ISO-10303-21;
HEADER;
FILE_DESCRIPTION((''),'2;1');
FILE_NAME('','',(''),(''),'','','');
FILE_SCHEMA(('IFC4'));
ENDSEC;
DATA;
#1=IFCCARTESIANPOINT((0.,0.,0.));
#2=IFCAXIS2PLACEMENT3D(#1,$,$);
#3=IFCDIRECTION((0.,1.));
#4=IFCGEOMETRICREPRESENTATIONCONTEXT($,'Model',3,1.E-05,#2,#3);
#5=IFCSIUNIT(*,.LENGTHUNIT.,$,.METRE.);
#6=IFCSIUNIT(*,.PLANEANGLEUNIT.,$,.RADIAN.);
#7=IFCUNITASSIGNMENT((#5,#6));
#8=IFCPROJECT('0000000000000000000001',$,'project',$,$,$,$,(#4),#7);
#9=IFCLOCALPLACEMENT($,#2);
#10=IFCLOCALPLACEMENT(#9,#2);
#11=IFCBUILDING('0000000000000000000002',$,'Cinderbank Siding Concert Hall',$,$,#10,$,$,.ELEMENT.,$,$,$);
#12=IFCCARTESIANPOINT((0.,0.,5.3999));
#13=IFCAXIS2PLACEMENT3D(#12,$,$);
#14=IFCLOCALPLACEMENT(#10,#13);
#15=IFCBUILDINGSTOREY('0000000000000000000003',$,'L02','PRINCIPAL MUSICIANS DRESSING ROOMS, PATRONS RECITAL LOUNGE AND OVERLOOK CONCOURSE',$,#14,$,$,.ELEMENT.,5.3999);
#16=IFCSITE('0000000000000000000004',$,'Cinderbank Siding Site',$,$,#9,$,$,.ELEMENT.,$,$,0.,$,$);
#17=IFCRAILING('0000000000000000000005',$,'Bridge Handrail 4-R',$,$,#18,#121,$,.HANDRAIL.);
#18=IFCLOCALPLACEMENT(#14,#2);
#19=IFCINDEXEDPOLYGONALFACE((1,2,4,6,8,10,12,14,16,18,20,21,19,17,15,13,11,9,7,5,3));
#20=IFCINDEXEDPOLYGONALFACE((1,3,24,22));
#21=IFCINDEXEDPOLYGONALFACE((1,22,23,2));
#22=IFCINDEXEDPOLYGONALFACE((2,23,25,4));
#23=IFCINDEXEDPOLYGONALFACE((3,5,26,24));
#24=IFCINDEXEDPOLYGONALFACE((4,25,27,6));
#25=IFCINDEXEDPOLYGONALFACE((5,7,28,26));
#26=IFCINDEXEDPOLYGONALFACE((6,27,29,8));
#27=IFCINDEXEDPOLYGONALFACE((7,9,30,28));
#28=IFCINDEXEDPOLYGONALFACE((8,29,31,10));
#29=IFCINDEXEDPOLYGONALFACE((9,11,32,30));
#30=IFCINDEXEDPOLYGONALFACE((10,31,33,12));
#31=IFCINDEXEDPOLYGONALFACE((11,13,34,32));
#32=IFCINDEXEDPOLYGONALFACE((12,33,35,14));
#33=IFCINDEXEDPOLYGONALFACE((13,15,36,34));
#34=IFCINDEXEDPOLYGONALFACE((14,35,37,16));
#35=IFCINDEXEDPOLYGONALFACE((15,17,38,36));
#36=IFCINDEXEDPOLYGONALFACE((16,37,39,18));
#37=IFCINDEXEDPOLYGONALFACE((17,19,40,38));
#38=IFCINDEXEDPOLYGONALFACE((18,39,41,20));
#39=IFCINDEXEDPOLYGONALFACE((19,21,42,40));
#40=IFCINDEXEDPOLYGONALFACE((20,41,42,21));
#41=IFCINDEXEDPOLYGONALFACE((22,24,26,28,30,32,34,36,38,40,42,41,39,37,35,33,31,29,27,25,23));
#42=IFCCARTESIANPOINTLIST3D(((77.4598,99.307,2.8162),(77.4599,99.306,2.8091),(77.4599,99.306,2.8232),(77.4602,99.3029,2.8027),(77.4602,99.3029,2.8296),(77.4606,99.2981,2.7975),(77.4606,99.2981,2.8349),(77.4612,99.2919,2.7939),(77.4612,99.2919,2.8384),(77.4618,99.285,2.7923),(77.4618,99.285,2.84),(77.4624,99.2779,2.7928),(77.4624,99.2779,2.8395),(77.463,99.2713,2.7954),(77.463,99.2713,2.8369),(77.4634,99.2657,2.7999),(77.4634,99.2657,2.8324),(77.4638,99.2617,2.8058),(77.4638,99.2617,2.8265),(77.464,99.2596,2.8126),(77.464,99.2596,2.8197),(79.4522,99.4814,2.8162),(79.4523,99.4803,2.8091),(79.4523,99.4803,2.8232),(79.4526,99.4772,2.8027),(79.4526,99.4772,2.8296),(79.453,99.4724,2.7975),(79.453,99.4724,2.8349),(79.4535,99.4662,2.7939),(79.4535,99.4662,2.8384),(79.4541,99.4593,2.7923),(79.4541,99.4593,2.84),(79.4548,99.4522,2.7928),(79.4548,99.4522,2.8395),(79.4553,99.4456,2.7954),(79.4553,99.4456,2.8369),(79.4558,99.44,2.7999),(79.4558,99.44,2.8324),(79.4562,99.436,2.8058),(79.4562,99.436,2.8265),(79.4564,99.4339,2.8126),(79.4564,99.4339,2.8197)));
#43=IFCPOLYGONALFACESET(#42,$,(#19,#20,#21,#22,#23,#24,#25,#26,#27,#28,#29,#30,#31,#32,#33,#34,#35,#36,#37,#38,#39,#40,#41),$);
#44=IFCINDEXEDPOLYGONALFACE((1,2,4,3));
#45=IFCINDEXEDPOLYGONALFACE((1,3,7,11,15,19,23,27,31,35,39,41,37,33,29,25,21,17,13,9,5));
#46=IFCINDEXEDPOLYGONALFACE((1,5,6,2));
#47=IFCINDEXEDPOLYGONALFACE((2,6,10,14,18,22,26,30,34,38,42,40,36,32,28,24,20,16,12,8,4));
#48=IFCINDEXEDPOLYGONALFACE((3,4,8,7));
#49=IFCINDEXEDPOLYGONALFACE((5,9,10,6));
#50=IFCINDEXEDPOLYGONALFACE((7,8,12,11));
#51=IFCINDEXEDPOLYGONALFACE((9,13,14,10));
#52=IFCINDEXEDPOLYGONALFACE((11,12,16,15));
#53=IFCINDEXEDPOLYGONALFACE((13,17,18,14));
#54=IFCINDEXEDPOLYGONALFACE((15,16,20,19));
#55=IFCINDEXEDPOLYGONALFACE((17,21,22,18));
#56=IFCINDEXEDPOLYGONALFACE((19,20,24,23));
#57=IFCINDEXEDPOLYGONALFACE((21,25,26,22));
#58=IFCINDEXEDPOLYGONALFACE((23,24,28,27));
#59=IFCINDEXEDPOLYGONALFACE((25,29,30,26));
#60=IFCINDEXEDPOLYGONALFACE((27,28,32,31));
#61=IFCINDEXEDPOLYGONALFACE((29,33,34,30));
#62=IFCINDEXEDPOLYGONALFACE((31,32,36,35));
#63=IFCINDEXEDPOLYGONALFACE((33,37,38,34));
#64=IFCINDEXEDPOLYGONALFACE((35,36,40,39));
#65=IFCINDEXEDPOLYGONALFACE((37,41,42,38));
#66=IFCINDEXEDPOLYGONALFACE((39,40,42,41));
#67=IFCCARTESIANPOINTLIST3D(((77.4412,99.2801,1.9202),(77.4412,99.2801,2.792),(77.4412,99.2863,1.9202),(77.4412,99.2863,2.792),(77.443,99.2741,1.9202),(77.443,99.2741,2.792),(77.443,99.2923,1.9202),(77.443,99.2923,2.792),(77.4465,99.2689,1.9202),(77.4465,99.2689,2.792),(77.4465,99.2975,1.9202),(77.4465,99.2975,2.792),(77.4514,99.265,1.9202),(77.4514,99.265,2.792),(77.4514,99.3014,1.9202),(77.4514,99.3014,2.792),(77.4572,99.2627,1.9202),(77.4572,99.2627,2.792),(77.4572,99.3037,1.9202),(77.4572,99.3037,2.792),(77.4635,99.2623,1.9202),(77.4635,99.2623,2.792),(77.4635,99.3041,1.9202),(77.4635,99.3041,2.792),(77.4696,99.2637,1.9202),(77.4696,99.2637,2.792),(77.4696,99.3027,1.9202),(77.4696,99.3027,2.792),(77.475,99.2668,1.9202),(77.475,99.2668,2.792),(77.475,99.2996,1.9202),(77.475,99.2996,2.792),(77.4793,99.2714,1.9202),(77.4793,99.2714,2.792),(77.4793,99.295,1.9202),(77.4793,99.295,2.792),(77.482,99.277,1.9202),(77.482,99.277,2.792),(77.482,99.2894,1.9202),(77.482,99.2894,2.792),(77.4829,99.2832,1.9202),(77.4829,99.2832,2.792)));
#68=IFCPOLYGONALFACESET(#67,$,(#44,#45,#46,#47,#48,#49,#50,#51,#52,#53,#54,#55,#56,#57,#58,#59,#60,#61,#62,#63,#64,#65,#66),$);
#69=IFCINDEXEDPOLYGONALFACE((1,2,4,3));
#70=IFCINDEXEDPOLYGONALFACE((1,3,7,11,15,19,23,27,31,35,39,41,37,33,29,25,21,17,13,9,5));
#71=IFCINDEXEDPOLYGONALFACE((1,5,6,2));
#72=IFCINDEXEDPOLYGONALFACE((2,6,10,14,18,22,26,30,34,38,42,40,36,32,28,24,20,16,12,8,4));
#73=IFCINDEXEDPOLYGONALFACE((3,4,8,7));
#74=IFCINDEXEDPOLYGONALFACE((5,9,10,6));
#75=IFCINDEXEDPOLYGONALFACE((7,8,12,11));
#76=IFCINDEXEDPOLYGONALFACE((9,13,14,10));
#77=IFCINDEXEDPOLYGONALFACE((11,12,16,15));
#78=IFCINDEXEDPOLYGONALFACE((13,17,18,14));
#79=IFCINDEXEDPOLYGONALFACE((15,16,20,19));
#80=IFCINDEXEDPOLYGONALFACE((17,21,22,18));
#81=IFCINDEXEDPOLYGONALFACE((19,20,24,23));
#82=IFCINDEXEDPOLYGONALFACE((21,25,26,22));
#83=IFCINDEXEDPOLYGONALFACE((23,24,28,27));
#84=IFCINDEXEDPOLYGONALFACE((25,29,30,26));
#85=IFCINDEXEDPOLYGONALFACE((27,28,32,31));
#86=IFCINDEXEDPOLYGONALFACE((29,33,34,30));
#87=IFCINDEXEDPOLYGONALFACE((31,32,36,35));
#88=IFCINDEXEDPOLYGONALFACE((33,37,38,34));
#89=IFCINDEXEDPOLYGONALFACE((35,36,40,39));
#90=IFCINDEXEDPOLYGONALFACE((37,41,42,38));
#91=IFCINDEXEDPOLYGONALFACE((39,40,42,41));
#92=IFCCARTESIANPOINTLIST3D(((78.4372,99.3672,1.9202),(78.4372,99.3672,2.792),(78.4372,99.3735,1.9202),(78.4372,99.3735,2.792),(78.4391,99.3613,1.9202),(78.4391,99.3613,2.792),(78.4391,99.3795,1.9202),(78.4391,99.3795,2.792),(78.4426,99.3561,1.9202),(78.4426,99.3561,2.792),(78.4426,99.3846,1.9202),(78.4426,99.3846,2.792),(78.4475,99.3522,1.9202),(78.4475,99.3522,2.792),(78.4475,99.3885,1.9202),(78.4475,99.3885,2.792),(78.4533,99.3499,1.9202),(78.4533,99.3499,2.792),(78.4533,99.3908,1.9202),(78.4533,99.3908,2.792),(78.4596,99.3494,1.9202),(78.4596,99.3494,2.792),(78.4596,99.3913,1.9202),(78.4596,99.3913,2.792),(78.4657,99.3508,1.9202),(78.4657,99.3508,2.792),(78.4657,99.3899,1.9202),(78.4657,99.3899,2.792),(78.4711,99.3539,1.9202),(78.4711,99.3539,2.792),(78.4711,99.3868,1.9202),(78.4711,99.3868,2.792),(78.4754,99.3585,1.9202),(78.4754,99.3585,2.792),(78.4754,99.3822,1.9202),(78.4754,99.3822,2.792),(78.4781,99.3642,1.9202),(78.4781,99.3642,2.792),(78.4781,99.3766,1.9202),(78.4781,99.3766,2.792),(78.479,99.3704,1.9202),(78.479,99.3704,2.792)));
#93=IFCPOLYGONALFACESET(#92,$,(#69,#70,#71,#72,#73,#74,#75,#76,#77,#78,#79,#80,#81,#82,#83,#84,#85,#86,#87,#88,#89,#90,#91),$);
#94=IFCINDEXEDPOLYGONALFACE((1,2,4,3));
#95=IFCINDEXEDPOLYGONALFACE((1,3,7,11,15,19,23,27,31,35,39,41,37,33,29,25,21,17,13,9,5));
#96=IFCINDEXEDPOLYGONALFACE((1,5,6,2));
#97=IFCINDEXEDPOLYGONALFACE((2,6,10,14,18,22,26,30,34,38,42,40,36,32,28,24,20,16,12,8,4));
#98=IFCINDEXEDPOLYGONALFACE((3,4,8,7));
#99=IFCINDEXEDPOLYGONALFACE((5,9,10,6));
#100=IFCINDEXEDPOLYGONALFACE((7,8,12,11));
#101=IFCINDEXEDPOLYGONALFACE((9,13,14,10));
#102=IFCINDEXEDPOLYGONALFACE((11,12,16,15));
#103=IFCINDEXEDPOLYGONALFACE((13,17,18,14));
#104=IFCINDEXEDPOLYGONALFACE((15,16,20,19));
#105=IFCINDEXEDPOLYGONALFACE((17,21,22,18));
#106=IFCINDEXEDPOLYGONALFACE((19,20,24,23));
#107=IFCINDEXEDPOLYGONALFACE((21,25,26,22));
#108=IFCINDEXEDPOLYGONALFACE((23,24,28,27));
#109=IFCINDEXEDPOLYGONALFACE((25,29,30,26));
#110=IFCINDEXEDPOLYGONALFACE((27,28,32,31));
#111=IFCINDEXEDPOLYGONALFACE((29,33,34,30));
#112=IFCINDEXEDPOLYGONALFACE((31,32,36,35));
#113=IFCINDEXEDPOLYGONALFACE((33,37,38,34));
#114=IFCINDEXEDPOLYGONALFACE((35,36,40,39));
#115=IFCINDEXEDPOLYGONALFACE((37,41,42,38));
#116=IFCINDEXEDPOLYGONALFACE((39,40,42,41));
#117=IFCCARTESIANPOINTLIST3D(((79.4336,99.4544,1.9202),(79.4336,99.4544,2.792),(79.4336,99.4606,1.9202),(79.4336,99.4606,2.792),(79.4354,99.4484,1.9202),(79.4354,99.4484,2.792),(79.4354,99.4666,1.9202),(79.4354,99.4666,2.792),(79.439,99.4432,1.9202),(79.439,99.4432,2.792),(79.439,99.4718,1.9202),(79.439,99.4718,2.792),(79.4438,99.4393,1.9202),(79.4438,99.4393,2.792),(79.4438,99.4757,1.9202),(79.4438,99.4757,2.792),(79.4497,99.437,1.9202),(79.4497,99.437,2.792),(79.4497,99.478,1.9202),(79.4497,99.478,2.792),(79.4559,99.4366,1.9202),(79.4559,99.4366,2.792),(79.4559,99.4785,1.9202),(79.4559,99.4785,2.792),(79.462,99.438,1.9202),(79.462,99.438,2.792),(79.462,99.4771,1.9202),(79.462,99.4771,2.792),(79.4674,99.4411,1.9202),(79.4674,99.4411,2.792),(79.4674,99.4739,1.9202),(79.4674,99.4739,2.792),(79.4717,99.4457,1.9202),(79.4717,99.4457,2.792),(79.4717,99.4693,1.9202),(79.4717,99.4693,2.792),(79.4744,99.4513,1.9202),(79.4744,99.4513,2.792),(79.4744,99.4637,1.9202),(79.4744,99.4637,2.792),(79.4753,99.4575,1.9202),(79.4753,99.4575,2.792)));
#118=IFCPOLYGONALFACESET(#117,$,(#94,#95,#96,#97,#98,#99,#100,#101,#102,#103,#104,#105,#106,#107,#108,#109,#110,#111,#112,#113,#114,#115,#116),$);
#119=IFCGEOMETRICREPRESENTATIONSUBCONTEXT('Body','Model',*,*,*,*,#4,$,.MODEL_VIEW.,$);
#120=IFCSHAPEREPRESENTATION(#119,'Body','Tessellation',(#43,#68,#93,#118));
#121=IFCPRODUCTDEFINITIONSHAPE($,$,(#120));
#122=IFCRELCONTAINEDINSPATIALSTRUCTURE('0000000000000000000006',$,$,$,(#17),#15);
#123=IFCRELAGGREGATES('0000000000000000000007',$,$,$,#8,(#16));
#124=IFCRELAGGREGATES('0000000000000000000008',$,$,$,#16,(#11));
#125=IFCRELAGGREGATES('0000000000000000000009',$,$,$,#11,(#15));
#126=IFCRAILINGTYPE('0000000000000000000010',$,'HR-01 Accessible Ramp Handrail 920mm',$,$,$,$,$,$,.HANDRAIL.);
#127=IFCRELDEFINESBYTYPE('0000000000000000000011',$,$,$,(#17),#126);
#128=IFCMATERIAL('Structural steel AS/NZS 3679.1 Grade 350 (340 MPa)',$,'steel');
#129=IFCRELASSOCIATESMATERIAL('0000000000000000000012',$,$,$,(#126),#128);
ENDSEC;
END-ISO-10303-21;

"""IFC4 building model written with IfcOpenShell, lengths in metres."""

from ifc_helpers import new_model, si_unit, direction, frame, origin, origin_2d, place, context, subcontext, project, spatial, circle, extrude, material, type_object, element, save


model = new_model("IFC4")

# Units and contexts
model_context = context("Model", 3, precision=1e-05, world=origin(), true_north=direction((0.0, 1.0)))
body_context = subcontext(model_context, "Body", "Model", "MODEL_VIEW")
ifc_project = project(units=[si_unit("LENGTHUNIT", "METRE"), si_unit("PLANEANGLEUNIT", "RADIAN")], contexts=[model_context])

# Site, building, storey
site_placement = place(None, origin())
site = spatial("IfcSite", under=ifc_project, at=site_placement, Name="Cinderbank Siding Site", CompositionType="ELEMENT", RefElevation=0.0)
building_placement = place(site_placement, origin())
building = spatial("IfcBuilding", under=site, at=building_placement, Name="Cinderbank Siding Concert Hall", CompositionType="ELEMENT")
storey_placement = place(building_placement, frame((0.0, 0.0, 5.3999)))
storey = spatial("IfcBuildingStorey", under=building, at=storey_placement, Name="L02", Description="PRINCIPAL MUSICIANS DRESSING ROOMS, PATRONS RECITAL LOUNGE AND OVERLOOK CONCOURSE", CompositionType="ELEMENT", Elevation=5.3999)

# Railing
ifc_material_1 = material(Name="Structural steel AS/NZS 3679.1 Grade 350 (340 MPa)", Category="steel")
railing_type_1 = type_object("IfcRailingType", Name="HR-01 Accessible Ramp Handrail 920mm", PredefinedType="HANDRAIL", material=ifc_material_1)
railing_1_placement = place(storey_placement, frame((77.4619, 99.2832, 1.9202)))
element("IfcRailing", 1, at=railing_1_placement, inside=storey, type_object=railing_type_1, Name="Bridge Handrail 4-R", PredefinedType="HANDRAIL", context=body_context, shape_type="SweptSolid", body=[
    extrude(circle(Radius=0.0239, at=origin_2d()), frame((0.0, 0.0, 0.896), z_axis=(0.996195, 0.087156, 0.0), x_axis=(-0.087156, 0.996195, 0.0)), (0.0, 0.0, 1.0), 2.0),
    extrude(circle(Radius=0.021, at=origin_2d()), origin(), (0.0, 0.0, 1.0), 0.8718),
    extrude(circle(Radius=0.021, at=origin_2d()), frame((0.9961, 0.0872, 0.0)), (0.0, 0.0, 1.0), 0.8718),
    extrude(circle(Radius=0.021, at=origin_2d()), frame((1.9924, 0.1743, 0.0)), (0.0, 0.0, 1.0), 0.8718),
])

save(model, "model.ifc")
